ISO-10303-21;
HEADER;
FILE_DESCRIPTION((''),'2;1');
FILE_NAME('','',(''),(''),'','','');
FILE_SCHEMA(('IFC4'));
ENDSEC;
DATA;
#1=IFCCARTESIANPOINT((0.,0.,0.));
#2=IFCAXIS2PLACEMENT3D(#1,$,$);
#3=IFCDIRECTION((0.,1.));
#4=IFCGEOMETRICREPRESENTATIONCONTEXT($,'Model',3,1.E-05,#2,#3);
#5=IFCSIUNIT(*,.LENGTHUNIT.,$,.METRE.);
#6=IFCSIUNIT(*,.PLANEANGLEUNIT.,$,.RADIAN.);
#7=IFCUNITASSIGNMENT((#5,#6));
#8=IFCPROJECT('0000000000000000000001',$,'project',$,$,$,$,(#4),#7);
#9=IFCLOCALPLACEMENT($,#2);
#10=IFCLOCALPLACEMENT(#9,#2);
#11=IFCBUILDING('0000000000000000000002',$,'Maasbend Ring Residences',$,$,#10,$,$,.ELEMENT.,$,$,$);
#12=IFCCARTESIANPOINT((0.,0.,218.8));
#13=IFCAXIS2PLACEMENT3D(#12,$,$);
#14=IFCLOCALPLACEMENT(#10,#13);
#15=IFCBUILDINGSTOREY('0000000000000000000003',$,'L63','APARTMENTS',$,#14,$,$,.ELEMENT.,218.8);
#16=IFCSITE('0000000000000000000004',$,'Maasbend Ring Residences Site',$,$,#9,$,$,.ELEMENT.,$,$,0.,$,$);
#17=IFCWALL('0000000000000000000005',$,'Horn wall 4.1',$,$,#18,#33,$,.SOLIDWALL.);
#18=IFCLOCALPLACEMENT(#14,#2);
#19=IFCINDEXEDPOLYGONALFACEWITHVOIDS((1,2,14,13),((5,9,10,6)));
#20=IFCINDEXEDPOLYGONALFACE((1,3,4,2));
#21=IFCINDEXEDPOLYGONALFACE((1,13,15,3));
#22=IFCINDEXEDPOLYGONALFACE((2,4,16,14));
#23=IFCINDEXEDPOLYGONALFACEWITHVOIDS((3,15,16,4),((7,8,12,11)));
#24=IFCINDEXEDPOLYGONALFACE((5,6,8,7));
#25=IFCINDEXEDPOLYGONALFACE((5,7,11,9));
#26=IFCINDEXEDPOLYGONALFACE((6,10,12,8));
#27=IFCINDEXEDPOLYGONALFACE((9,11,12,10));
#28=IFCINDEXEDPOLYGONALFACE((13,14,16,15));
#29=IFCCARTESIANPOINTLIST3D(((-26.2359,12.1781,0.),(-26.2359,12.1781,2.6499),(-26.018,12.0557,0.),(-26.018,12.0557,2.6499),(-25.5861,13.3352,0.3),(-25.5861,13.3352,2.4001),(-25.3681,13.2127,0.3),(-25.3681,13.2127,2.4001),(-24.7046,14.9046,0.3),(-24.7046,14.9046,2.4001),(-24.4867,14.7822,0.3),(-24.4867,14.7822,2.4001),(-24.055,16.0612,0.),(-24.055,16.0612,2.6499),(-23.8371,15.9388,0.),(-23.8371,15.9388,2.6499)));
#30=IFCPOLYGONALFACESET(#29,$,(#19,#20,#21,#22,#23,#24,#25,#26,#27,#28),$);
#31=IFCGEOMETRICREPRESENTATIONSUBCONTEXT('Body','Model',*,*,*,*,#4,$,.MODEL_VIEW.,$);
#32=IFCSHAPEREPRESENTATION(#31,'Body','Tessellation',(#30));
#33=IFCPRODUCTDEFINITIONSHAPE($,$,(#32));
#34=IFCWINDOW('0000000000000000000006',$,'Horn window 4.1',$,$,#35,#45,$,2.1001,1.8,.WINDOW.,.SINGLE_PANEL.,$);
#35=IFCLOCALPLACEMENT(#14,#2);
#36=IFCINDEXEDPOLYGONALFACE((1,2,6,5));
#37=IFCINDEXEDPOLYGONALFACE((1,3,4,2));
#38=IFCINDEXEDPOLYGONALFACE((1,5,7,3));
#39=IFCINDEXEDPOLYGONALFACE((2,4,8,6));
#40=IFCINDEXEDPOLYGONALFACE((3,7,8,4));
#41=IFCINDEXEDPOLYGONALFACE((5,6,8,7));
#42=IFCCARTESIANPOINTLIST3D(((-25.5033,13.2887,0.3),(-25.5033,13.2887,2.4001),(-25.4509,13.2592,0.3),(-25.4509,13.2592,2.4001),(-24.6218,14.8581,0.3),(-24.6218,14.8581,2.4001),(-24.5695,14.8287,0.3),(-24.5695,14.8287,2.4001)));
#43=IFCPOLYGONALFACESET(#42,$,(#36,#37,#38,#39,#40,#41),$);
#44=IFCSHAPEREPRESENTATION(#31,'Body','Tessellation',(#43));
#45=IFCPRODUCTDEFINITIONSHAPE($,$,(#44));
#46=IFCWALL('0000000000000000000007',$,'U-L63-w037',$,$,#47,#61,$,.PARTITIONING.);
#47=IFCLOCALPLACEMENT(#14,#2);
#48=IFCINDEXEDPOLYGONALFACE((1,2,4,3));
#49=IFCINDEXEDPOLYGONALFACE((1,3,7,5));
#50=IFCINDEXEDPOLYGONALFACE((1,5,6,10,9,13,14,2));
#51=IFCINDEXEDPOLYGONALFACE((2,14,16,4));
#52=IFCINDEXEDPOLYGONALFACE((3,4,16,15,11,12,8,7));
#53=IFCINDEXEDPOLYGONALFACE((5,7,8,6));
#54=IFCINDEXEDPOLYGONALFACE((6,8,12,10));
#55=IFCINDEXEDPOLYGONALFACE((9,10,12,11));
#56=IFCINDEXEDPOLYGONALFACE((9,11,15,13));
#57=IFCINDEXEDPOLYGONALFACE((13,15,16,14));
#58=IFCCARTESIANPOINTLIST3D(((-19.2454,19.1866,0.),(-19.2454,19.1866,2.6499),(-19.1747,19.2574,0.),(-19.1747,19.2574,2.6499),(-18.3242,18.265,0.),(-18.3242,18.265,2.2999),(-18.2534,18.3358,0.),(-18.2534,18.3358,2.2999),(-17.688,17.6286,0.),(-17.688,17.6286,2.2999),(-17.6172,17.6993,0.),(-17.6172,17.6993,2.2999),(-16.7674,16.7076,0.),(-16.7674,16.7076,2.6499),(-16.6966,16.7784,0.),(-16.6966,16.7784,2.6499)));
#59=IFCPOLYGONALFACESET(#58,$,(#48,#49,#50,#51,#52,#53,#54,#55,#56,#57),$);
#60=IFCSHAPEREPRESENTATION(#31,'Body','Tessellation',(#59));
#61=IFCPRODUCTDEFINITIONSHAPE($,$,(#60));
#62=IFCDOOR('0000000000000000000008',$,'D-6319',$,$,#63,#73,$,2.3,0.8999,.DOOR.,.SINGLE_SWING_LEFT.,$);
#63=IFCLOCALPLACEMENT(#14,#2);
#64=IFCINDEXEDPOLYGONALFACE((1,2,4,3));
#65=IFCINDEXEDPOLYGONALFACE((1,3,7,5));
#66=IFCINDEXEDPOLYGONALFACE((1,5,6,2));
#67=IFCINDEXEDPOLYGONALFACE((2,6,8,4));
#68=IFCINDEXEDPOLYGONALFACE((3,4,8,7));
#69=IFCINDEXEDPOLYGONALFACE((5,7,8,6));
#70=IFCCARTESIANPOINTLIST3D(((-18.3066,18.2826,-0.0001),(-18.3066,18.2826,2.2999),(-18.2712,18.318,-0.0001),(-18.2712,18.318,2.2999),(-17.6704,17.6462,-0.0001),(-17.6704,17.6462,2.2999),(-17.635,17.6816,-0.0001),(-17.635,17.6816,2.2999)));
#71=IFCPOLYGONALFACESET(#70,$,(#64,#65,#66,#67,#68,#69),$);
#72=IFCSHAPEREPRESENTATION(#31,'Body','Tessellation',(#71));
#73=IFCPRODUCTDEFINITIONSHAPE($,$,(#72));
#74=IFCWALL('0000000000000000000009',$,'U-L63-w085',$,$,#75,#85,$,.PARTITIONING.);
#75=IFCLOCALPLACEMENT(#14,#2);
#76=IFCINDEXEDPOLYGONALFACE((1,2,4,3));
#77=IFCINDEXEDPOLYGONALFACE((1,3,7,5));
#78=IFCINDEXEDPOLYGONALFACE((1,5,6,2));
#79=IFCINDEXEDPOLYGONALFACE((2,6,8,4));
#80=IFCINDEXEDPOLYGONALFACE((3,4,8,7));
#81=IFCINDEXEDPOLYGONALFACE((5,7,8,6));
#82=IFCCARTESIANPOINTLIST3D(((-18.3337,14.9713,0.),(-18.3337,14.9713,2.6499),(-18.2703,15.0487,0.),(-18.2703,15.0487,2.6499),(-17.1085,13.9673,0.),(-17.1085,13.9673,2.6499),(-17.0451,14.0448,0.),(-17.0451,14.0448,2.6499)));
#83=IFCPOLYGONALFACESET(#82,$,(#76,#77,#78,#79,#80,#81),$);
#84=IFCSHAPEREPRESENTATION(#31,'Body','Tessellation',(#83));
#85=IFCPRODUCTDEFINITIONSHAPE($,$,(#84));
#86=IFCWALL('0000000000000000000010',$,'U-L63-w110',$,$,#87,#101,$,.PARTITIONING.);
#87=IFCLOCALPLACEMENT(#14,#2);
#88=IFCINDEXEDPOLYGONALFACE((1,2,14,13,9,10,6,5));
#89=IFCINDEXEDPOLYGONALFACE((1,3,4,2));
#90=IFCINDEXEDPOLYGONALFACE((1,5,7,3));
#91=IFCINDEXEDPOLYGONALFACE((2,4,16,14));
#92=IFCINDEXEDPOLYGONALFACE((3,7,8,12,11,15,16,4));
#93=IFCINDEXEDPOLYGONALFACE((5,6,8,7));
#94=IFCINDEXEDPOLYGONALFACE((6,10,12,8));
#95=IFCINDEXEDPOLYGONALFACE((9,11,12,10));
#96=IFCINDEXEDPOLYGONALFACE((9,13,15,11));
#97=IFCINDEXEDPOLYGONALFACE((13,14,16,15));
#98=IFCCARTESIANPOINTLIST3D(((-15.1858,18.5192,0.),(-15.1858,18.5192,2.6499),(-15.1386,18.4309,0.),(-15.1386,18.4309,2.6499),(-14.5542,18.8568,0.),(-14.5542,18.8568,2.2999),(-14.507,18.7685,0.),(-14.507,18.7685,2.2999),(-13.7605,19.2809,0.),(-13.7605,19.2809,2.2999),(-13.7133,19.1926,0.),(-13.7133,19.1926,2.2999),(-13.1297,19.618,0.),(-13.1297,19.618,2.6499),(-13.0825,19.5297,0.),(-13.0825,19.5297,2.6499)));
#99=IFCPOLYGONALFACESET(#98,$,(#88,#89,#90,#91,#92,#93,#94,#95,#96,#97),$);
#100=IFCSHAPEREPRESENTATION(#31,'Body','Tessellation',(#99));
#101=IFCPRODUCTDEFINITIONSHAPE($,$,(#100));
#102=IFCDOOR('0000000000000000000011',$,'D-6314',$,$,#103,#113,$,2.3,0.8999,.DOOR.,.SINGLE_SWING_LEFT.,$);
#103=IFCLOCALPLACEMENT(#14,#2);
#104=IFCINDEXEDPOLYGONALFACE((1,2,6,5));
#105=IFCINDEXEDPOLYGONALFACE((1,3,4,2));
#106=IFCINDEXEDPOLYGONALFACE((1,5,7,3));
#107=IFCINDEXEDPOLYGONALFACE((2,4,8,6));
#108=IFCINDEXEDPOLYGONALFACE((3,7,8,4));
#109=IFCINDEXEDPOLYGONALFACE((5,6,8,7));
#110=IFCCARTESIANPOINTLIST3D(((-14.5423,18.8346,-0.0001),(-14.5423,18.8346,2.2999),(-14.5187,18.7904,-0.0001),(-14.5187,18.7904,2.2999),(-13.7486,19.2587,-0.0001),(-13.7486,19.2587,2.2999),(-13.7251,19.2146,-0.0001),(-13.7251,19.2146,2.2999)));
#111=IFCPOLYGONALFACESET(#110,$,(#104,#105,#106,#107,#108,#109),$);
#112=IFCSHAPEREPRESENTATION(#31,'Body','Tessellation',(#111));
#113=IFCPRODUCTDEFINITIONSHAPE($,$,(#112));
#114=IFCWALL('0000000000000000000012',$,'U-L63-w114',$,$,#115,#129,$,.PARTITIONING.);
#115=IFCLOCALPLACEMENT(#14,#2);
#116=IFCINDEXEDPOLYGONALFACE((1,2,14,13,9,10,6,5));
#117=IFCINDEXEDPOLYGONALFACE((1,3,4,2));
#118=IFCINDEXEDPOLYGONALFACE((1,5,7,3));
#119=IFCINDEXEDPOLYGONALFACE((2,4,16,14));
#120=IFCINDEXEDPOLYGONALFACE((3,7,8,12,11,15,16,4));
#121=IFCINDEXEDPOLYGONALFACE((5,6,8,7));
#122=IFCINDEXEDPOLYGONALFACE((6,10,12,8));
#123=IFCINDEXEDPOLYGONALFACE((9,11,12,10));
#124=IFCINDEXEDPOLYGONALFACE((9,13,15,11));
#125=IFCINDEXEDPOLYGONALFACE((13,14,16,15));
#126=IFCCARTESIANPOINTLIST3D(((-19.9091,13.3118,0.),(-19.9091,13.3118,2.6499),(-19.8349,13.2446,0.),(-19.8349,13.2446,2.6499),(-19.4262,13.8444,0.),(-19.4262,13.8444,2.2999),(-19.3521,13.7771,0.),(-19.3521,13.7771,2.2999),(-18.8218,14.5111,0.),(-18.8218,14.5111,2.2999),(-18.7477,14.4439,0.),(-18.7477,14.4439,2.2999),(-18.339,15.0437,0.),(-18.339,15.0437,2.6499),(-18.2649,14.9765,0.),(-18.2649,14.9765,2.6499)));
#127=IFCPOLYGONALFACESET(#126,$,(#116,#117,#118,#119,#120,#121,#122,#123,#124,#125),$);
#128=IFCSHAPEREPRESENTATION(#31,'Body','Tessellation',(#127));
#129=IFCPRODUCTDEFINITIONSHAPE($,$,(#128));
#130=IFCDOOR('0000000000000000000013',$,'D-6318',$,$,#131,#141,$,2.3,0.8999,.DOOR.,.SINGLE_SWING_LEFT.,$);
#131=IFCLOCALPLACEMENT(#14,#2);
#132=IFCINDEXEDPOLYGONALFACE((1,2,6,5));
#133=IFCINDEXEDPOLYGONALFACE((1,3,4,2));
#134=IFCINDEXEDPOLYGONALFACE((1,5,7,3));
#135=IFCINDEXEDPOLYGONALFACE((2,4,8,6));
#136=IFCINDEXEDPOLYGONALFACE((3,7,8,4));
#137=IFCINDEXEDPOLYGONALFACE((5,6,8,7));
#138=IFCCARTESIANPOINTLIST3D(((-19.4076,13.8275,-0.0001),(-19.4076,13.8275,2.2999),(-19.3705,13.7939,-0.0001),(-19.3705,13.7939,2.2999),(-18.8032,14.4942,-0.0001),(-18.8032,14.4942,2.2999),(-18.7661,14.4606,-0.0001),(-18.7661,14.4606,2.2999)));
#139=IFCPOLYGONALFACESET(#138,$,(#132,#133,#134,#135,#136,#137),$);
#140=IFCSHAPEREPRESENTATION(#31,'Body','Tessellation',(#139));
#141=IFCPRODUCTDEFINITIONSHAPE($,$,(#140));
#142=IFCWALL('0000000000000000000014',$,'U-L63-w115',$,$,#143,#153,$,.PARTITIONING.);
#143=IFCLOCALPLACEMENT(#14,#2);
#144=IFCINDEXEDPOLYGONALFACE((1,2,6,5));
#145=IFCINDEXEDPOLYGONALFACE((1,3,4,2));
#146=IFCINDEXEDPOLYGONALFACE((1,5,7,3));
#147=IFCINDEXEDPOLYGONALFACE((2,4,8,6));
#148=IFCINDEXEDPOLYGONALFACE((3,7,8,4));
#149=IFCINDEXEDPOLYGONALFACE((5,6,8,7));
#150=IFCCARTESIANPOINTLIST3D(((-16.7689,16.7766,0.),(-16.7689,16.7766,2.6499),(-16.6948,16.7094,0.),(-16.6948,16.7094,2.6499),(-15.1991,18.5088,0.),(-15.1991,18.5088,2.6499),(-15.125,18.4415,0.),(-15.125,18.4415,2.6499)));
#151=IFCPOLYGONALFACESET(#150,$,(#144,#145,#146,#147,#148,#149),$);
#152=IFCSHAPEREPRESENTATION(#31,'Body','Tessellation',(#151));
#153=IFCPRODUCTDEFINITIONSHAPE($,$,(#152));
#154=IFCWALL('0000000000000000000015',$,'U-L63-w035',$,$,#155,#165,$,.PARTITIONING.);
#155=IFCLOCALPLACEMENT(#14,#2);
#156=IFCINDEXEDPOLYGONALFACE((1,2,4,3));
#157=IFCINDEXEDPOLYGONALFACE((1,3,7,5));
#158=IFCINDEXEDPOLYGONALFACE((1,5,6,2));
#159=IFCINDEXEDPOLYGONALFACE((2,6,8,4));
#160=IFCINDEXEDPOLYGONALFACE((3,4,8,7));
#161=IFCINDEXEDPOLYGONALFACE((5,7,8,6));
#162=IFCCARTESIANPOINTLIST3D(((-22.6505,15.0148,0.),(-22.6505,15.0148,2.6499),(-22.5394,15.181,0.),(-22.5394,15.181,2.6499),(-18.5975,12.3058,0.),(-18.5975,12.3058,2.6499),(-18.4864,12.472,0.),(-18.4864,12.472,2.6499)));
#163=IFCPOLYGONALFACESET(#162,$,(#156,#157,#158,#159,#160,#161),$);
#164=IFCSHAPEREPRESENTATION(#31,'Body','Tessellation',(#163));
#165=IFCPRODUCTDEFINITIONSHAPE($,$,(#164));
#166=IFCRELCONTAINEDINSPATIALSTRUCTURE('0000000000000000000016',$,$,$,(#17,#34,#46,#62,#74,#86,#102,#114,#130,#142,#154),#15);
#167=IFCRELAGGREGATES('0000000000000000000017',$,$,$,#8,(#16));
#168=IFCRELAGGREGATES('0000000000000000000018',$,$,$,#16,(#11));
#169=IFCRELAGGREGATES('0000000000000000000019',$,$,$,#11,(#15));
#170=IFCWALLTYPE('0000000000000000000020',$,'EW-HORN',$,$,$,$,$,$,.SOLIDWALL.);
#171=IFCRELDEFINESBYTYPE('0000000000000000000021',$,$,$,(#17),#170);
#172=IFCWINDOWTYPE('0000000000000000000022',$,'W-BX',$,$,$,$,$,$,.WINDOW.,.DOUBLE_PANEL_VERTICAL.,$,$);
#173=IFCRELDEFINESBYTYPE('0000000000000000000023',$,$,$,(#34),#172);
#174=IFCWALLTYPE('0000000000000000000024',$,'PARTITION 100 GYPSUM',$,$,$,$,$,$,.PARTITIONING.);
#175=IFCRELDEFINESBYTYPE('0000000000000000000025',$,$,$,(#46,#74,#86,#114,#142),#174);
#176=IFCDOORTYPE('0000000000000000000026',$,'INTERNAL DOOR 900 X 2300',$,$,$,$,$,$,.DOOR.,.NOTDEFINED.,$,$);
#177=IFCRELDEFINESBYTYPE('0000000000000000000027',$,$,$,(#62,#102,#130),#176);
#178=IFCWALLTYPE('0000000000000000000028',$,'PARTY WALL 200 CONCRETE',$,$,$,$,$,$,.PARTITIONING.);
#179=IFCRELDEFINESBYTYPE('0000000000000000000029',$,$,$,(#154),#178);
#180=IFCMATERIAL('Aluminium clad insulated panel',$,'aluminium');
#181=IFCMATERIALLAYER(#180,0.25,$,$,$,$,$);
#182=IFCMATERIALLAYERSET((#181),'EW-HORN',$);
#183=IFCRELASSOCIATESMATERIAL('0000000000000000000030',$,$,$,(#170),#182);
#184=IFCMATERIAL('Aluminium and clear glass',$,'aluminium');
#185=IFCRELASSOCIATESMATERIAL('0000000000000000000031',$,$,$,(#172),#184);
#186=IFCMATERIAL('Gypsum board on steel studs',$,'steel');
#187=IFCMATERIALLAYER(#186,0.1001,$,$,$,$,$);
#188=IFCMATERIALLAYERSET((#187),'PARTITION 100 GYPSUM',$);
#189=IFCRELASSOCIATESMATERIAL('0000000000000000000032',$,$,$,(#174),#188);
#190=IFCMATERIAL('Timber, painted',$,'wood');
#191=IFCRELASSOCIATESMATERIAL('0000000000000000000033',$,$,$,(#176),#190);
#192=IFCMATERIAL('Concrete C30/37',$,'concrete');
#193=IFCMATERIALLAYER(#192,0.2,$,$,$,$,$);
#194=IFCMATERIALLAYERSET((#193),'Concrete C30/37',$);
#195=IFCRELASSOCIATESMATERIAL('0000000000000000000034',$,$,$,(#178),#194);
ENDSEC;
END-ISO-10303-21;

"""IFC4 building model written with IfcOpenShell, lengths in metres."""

from ifc_helpers import new_model, si_unit, direction, frame, frame_2d, origin, place, context, subcontext, project, spatial, rectangle, extrude, material, layer, layer_set, type_object, element, fill, save


model = new_model("IFC4")

# Units and contexts
model_context = context("Model", 3, precision=1e-05, world=origin(), true_north=direction((0.0, 1.0)))
body_context = subcontext(model_context, "Body", "Model", "MODEL_VIEW")
ifc_project = project(units=[si_unit("LENGTHUNIT", "METRE"), si_unit("PLANEANGLEUNIT", "RADIAN")], contexts=[model_context])

# Site, building, storey
site_placement = place(None, origin())
site = spatial("IfcSite", under=ifc_project, at=site_placement, Name="Maasbend Ring Residences Site", CompositionType="ELEMENT", RefElevation=0.0)
building_placement = place(site_placement, origin())
building = spatial("IfcBuilding", under=site, at=building_placement, Name="Maasbend Ring Residences", CompositionType="ELEMENT")
storey_placement = place(building_placement, frame((0.0, 0.0, 218.8)))
storey = spatial("IfcBuildingStorey", under=building, at=storey_placement, Name="L63", Description="APARTMENTS", CompositionType="ELEMENT", Elevation=218.8)

# Wall, opening, window
ifc_material_1 = material(Name="Aluminium clad insulated panel", Category="aluminium")
ifc_layer_1 = layer(ifc_material_1, 0.25)
ifc_layer_set_1 = layer_set([ifc_layer_1], Name="EW-HORN")
wall_type_1 = type_object("IfcWallType", Name="EW-HORN", PredefinedType="SOLIDWALL", material=ifc_layer_set_1)
wall_1_placement = place(storey_placement, frame((-23.946, 16.0, 0.0), z_axis=(0.0, 0.0, 1.0), x_axis=(-0.489696, -0.871893, 0.0)))
wall_1 = element("IfcWall", 1, at=wall_1_placement, inside=storey, type_object=wall_type_1, Name="Horn wall 4.1", PredefinedType="SOLIDWALL", context=body_context, shape_type="SweptSolid", body=[
    extrude(rectangle(XDim=4.4536, YDim=0.25, at=frame_2d((2.2268, 0.0))), origin(), (0.0, 0.0, 1.0), 2.6499),
])
opening_1_placement = place(wall_1_placement, frame((1.3267, 0.0, 0.3)))
opening_1 = element("IfcOpeningElement", 2, at=opening_1_placement, cuts=wall_1, PredefinedType="OPENING", context=body_context, shape_type="SweptSolid", body=[
    extrude(rectangle(XDim=1.8, YDim=2.1001, at=frame_2d((0.8999, 1.05))), frame((0.0, 0.135, 0.0), z_axis=(0.0, -1.0, 0.0), x_axis=(1.0, 0.0, 0.0)), (0.0, 0.0, 1.0), 0.27),
])
ifc_material_2 = material(Name="Aluminium and clear glass", Category="aluminium")
window_type = type_object("IfcWindowType", Name="W-BX", PartitioningType="DOUBLE_PANEL_VERTICAL", PredefinedType="WINDOW", material=ifc_material_2)
window_placement = place(opening_1_placement, origin())
window = element("IfcWindow", 3, at=window_placement, inside=storey, type_object=window_type, Name="Horn window 4.1", OverallHeight=2.1001, OverallWidth=1.8, PartitioningType="SINGLE_PANEL", PredefinedType="WINDOW", context=body_context, shape_type="SweptSolid", body=[
    extrude(rectangle(XDim=1.8, YDim=2.1001, at=frame_2d((0.8999, 1.05))), frame((0.0, 0.03, 0.0), z_axis=(0.0, -1.0, 0.0), x_axis=(1.0, 0.0, 0.0)), (0.0, 0.0, 1.0), 0.0601),
])
fill(opening_1, window)

# Wall, opening, door
ifc_material_3 = material(Name="Gypsum board on steel studs", Category="steel")
ifc_layer_2 = layer(ifc_material_3, 0.1001)
ifc_layer_set_2 = layer_set([ifc_layer_2], Name="PARTITION 100 GYPSUM")
wall_type_2 = type_object("IfcWallType", Name="PARTITION 100 GYPSUM", PredefinedType="PARTITIONING", material=ifc_layer_set_2)
wall_2_placement = place(storey_placement, frame((-19.21, 19.2219, 0.0), z_axis=(0.0, 0.0, 1.0), x_axis=(0.706967, -0.707246, 0.0)))
wall_2 = element("IfcWall", 4, at=wall_2_placement, inside=storey, type_object=wall_type_2, Name="U-L63-w037", PredefinedType="PARTITIONING", context=body_context, shape_type="SweptSolid", body=[
    extrude(rectangle(XDim=3.5051, YDim=0.1001, at=frame_2d((1.7524, 0.0))), origin(), (0.0, 0.0, 1.0), 2.6499),
])
opening_2_placement = place(wall_2_placement, frame((1.303, 0.0, 0.0)))
opening_2 = element("IfcOpeningElement", 5, at=opening_2_placement, cuts=wall_2, PredefinedType="OPENING", context=body_context, shape_type="SweptSolid", body=[
    extrude(rectangle(XDim=0.8999, YDim=2.3, at=frame_2d((0.45, 1.1499))), frame((0.0, 0.0601, 0.0), z_axis=(0.0, -1.0, 0.0), x_axis=(1.0, 0.0, 0.0)), (0.0, 0.0, 1.0), 0.1201),
])
ifc_material_4 = material(Name="Timber, painted", Category="wood")
door_type_1 = type_object("IfcDoorType", Name="INTERNAL DOOR 900 X 2300", OperationType="NOTDEFINED", PredefinedType="DOOR", material=ifc_material_4)
door_1_placement = place(opening_2_placement, origin())
door_1 = element("IfcDoor", 6, at=door_1_placement, inside=storey, type_object=door_type_1, Name="D-6319", OperationType="SINGLE_SWING_LEFT", OverallHeight=2.3, OverallWidth=0.8999, PredefinedType="DOOR", context=body_context, shape_type="SweptSolid", body=[
    extrude(rectangle(XDim=0.8999, YDim=2.3, at=frame_2d((0.45, 1.1499))), frame((0.0, 0.0249, 0.0), z_axis=(0.0, -1.0, 0.0), x_axis=(1.0, 0.0, 0.0)), (0.0, 0.0, 1.0), 0.05),
])
fill(opening_2, door_1)

# Wall
wall_3_placement = place(storey_placement, frame((-18.302, 15.01, 0.0), z_axis=(0.0, 0.0, 1.0), x_axis=(0.773476, -0.633825, 0.0)))
element("IfcWall", 7, at=wall_3_placement, inside=storey, type_object=wall_type_2, Name="U-L63-w085", PredefinedType="PARTITIONING", context=body_context, shape_type="SweptSolid", body=[
    extrude(rectangle(XDim=1.584, YDim=0.1001, at=frame_2d((0.792, 0.0))), origin(), (0.0, 0.0, 1.0), 2.6499),
])

# Walls, openings, doors
wall_4_placement = place(storey_placement, frame((-15.1621, 18.4751, 0.0), z_axis=(0.0, 0.0, 1.0), x_axis=(0.88195, 0.471344, 0.0)))
wall_4 = element("IfcWall", 8, at=wall_4_placement, inside=storey, type_object=wall_type_2, Name="U-L63-w110", PredefinedType="PARTITIONING", context=body_context, shape_type="SweptSolid", body=[
    extrude(rectangle(XDim=2.3313, YDim=0.1001, at=frame_2d((1.1655, 0.0))), origin(), (0.0, 0.0, 1.0), 2.6499),
])
opening_3_placement = place(wall_4_placement, frame((0.7161, 0.0, 0.0)))
opening_3 = element("IfcOpeningElement", 9, at=opening_3_placement, cuts=wall_4, PredefinedType="OPENING", context=body_context, shape_type="SweptSolid", body=[
    extrude(rectangle(XDim=0.8999, YDim=2.3, at=frame_2d((0.45, 1.1499))), frame((0.0, 0.0601, 0.0), z_axis=(0.0, -1.0, 0.0), x_axis=(1.0, 0.0, 0.0)), (0.0, 0.0, 1.0), 0.1201),
])
door_2_placement = place(opening_3_placement, origin())
door_2 = element("IfcDoor", 10, at=door_2_placement, inside=storey, type_object=door_type_1, Name="D-6314", OperationType="SINGLE_SWING_LEFT", OverallHeight=2.3, OverallWidth=0.8999, PredefinedType="DOOR", context=body_context, shape_type="SweptSolid", body=[
    extrude(rectangle(XDim=0.8999, YDim=2.3, at=frame_2d((0.45, 1.1499))), frame((0.0, 0.0249, 0.0), z_axis=(0.0, -1.0, 0.0), x_axis=(1.0, 0.0, 0.0)), (0.0, 0.0, 1.0), 0.05),
])
fill(opening_3, door_2)
wall_5_placement = place(storey_placement, frame((-19.8721, 13.2781, 0.0), z_axis=(0.0, 0.0, 1.0), x_axis=(0.671638, 0.74088, 0.0)))
wall_5 = element("IfcWall", 11, at=wall_5_placement, inside=storey, type_object=wall_type_2, Name="U-L63-w114", PredefinedType="PARTITIONING", context=body_context, shape_type="SweptSolid", body=[
    extrude(rectangle(XDim=2.3376, YDim=0.1001, at=frame_2d((1.1689, 0.0))), origin(), (0.0, 0.0, 1.0), 2.6499),
])
opening_4_placement = place(wall_5_placement, frame((0.719, 0.0, 0.0)))
opening_4 = element("IfcOpeningElement", 12, at=opening_4_placement, cuts=wall_5, PredefinedType="OPENING", context=body_context, shape_type="SweptSolid", body=[
    extrude(rectangle(XDim=0.8999, YDim=2.3, at=frame_2d((0.45, 1.1499))), frame((0.0, 0.0601, 0.0), z_axis=(0.0, -1.0, 0.0), x_axis=(1.0, 0.0, 0.0)), (0.0, 0.0, 1.0), 0.1201),
])
door_3_placement = place(opening_4_placement, origin())
door_3 = element("IfcDoor", 13, at=door_3_placement, inside=storey, type_object=door_type_1, Name="D-6318", OperationType="SINGLE_SWING_LEFT", OverallHeight=2.3, OverallWidth=0.8999, PredefinedType="DOOR", context=body_context, shape_type="SweptSolid", body=[
    extrude(rectangle(XDim=0.8999, YDim=2.3, at=frame_2d((0.45, 1.1499))), frame((0.0, 0.0249, 0.0), z_axis=(0.0, -1.0, 0.0), x_axis=(1.0, 0.0, 0.0)), (0.0, 0.0, 1.0), 0.05),
])
fill(opening_4, door_3)

# Walls
wall_6_placement = place(storey_placement, frame((-16.7319, 16.7429, 0.0), z_axis=(0.0, 0.0, 1.0), x_axis=(0.671528, 0.740979, 0.0)))
element("IfcWall", 14, at=wall_6_placement, inside=storey, type_object=wall_type_2, Name="U-L63-w115", PredefinedType="PARTITIONING", context=body_context, shape_type="SweptSolid", body=[
    extrude(rectangle(XDim=2.3376, YDim=0.1001, at=frame_2d((1.1689, 0.0))), origin(), (0.0, 0.0, 1.0), 2.6499),
])
ifc_material_5 = material(Name="Concrete C30/37", Category="concrete")
ifc_layer_3 = layer(ifc_material_5, 0.2)
ifc_layer_set_3 = layer_set([ifc_layer_3], Name="Concrete C30/37")
wall_type_3 = type_object("IfcWallType", Name="PARTY WALL 200 CONCRETE", PredefinedType="PARTITIONING", material=ifc_layer_set_3)
wall_7_placement = place(storey_placement, frame((-22.595, 15.0979, 0.0), z_axis=(0.0, 0.0, 1.0), x_axis=(0.831387, -0.555694, 0.0)))
element("IfcWall", 15, at=wall_7_placement, inside=storey, type_object=wall_type_3, Name="U-L63-w035", PredefinedType="PARTITIONING", context=body_context, shape_type="SweptSolid", body=[
    extrude(rectangle(XDim=4.875, YDim=0.2, at=frame_2d((2.4375, 0.0))), origin(), (0.0, 0.0, 1.0), 2.6499),
])

save(model, "model.ifc")
